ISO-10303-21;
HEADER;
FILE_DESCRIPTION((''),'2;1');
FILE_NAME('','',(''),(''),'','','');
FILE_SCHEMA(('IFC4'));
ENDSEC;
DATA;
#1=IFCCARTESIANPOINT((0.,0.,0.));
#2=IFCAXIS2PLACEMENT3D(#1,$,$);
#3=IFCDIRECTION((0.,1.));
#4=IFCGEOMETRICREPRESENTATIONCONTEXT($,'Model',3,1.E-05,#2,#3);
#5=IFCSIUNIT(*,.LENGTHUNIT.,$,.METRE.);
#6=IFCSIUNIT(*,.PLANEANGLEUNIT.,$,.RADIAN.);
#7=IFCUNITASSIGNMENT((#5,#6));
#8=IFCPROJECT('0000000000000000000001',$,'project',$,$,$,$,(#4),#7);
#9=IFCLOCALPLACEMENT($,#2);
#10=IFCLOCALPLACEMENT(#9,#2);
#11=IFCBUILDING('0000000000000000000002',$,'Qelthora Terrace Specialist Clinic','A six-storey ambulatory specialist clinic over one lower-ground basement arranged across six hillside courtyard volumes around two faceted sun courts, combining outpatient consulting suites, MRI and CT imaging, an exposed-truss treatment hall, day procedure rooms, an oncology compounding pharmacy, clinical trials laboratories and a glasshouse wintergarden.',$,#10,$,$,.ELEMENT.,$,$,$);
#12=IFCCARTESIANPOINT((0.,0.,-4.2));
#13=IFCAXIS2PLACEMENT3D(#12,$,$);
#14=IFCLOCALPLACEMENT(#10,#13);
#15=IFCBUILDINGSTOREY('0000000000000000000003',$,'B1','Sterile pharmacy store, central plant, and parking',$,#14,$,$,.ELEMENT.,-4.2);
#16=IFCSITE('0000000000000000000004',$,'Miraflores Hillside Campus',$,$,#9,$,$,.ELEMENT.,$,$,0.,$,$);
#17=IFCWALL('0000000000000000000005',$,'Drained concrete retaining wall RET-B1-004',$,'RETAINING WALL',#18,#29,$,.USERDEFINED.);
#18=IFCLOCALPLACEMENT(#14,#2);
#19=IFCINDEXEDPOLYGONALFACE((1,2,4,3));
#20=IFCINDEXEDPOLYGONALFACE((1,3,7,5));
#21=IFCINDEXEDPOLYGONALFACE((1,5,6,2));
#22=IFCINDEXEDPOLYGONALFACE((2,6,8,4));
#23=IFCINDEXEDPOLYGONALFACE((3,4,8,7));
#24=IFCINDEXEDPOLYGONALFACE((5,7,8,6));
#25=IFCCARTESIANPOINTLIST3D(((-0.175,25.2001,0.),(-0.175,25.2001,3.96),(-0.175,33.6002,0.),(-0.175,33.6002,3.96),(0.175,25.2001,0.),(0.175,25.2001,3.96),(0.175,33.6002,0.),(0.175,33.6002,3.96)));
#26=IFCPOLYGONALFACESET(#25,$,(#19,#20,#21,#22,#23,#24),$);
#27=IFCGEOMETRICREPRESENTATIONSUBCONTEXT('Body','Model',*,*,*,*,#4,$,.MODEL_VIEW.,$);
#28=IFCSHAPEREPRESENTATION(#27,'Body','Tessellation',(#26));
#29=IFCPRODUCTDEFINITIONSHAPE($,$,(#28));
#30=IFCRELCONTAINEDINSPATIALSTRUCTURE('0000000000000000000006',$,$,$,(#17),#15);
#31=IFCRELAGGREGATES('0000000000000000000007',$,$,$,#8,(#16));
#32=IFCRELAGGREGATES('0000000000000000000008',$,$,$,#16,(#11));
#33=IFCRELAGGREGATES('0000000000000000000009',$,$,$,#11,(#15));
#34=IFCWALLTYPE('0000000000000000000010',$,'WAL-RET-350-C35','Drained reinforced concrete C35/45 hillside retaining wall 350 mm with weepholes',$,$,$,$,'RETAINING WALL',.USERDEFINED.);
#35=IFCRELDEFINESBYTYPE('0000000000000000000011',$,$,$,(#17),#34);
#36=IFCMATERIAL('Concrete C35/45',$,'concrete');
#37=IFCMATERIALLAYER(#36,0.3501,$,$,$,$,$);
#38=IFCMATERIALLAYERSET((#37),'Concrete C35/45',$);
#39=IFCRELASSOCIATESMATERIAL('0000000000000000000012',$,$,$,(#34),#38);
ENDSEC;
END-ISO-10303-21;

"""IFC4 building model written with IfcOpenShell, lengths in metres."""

from ifc_helpers import new_model, si_unit, direction, frame, frame_2d, origin, place, context, subcontext, project, spatial, rectangle, extrude, material, layer, layer_set, type_object, element, save


model = new_model("IFC4")

# Units and contexts
model_context = context("Model", 3, precision=1e-05, world=origin(), true_north=direction((0.0, 1.0)))
body_context = subcontext(model_context, "Body", "Model", "MODEL_VIEW")
ifc_project = project(units=[si_unit("LENGTHUNIT", "METRE"), si_unit("PLANEANGLEUNIT", "RADIAN")], contexts=[model_context])

# Site, building, storey
site_placement = place(None, origin())
site = spatial("IfcSite", under=ifc_project, at=site_placement, Name="Miraflores Hillside Campus", CompositionType="ELEMENT", RefElevation=0.0)
building_placement = place(site_placement, origin())
building = spatial("IfcBuilding", under=site, at=building_placement, Name="Qelthora Terrace Specialist Clinic", Description="A six-storey ambulatory specialist clinic over one lower-ground basement arranged across six hillside courtyard volumes around two faceted sun courts, combining outpatient consulting suites, MRI and CT imaging, an exposed-truss treatment hall, day procedure rooms, an oncology compounding pharmacy, clinical trials laboratories and a glasshouse wintergarden.", CompositionType="ELEMENT")
storey_placement = place(building_placement, frame((0.0, 0.0, -4.2)))
storey = spatial("IfcBuildingStorey", under=building, at=storey_placement, Name="B1", Description="Sterile pharmacy store, central plant, and parking", CompositionType="ELEMENT", Elevation=-4.2)

# Shared definitions
ifc_material_1 = material(Name="Concrete C35/45", Category="concrete")

# Wall
ifc_layer_1 = layer(ifc_material_1, 0.3501)
ifc_layer_set_1 = layer_set([ifc_layer_1], Name="Concrete C35/45")
wall_type_1 = type_object("IfcWallType", Name="WAL-RET-350-C35", Description="Drained reinforced concrete C35/45 hillside retaining wall 350 mm with weepholes", ElementType="RETAINING WALL", PredefinedType="USERDEFINED", material=ifc_layer_set_1)
wall_1_placement = place(storey_placement, frame((0.0, 25.2, 0.0), z_axis=(0.0, 0.0, 1.0), x_axis=(0.0, 1.0, 0.0)))
element("IfcWall", 1, at=wall_1_placement, inside=storey, type_object=wall_type_1, Name="Drained concrete retaining wall RET-B1-004", ObjectType="RETAINING WALL", PredefinedType="USERDEFINED", context=body_context, shape_type="SweptSolid", body=[
    extrude(rectangle(XDim=8.4001, YDim=0.3501, at=frame_2d((4.2002, 0.0))), origin(), (0.0, 0.0, 1.0), 3.96),
])

save(model, "model.ifc")
